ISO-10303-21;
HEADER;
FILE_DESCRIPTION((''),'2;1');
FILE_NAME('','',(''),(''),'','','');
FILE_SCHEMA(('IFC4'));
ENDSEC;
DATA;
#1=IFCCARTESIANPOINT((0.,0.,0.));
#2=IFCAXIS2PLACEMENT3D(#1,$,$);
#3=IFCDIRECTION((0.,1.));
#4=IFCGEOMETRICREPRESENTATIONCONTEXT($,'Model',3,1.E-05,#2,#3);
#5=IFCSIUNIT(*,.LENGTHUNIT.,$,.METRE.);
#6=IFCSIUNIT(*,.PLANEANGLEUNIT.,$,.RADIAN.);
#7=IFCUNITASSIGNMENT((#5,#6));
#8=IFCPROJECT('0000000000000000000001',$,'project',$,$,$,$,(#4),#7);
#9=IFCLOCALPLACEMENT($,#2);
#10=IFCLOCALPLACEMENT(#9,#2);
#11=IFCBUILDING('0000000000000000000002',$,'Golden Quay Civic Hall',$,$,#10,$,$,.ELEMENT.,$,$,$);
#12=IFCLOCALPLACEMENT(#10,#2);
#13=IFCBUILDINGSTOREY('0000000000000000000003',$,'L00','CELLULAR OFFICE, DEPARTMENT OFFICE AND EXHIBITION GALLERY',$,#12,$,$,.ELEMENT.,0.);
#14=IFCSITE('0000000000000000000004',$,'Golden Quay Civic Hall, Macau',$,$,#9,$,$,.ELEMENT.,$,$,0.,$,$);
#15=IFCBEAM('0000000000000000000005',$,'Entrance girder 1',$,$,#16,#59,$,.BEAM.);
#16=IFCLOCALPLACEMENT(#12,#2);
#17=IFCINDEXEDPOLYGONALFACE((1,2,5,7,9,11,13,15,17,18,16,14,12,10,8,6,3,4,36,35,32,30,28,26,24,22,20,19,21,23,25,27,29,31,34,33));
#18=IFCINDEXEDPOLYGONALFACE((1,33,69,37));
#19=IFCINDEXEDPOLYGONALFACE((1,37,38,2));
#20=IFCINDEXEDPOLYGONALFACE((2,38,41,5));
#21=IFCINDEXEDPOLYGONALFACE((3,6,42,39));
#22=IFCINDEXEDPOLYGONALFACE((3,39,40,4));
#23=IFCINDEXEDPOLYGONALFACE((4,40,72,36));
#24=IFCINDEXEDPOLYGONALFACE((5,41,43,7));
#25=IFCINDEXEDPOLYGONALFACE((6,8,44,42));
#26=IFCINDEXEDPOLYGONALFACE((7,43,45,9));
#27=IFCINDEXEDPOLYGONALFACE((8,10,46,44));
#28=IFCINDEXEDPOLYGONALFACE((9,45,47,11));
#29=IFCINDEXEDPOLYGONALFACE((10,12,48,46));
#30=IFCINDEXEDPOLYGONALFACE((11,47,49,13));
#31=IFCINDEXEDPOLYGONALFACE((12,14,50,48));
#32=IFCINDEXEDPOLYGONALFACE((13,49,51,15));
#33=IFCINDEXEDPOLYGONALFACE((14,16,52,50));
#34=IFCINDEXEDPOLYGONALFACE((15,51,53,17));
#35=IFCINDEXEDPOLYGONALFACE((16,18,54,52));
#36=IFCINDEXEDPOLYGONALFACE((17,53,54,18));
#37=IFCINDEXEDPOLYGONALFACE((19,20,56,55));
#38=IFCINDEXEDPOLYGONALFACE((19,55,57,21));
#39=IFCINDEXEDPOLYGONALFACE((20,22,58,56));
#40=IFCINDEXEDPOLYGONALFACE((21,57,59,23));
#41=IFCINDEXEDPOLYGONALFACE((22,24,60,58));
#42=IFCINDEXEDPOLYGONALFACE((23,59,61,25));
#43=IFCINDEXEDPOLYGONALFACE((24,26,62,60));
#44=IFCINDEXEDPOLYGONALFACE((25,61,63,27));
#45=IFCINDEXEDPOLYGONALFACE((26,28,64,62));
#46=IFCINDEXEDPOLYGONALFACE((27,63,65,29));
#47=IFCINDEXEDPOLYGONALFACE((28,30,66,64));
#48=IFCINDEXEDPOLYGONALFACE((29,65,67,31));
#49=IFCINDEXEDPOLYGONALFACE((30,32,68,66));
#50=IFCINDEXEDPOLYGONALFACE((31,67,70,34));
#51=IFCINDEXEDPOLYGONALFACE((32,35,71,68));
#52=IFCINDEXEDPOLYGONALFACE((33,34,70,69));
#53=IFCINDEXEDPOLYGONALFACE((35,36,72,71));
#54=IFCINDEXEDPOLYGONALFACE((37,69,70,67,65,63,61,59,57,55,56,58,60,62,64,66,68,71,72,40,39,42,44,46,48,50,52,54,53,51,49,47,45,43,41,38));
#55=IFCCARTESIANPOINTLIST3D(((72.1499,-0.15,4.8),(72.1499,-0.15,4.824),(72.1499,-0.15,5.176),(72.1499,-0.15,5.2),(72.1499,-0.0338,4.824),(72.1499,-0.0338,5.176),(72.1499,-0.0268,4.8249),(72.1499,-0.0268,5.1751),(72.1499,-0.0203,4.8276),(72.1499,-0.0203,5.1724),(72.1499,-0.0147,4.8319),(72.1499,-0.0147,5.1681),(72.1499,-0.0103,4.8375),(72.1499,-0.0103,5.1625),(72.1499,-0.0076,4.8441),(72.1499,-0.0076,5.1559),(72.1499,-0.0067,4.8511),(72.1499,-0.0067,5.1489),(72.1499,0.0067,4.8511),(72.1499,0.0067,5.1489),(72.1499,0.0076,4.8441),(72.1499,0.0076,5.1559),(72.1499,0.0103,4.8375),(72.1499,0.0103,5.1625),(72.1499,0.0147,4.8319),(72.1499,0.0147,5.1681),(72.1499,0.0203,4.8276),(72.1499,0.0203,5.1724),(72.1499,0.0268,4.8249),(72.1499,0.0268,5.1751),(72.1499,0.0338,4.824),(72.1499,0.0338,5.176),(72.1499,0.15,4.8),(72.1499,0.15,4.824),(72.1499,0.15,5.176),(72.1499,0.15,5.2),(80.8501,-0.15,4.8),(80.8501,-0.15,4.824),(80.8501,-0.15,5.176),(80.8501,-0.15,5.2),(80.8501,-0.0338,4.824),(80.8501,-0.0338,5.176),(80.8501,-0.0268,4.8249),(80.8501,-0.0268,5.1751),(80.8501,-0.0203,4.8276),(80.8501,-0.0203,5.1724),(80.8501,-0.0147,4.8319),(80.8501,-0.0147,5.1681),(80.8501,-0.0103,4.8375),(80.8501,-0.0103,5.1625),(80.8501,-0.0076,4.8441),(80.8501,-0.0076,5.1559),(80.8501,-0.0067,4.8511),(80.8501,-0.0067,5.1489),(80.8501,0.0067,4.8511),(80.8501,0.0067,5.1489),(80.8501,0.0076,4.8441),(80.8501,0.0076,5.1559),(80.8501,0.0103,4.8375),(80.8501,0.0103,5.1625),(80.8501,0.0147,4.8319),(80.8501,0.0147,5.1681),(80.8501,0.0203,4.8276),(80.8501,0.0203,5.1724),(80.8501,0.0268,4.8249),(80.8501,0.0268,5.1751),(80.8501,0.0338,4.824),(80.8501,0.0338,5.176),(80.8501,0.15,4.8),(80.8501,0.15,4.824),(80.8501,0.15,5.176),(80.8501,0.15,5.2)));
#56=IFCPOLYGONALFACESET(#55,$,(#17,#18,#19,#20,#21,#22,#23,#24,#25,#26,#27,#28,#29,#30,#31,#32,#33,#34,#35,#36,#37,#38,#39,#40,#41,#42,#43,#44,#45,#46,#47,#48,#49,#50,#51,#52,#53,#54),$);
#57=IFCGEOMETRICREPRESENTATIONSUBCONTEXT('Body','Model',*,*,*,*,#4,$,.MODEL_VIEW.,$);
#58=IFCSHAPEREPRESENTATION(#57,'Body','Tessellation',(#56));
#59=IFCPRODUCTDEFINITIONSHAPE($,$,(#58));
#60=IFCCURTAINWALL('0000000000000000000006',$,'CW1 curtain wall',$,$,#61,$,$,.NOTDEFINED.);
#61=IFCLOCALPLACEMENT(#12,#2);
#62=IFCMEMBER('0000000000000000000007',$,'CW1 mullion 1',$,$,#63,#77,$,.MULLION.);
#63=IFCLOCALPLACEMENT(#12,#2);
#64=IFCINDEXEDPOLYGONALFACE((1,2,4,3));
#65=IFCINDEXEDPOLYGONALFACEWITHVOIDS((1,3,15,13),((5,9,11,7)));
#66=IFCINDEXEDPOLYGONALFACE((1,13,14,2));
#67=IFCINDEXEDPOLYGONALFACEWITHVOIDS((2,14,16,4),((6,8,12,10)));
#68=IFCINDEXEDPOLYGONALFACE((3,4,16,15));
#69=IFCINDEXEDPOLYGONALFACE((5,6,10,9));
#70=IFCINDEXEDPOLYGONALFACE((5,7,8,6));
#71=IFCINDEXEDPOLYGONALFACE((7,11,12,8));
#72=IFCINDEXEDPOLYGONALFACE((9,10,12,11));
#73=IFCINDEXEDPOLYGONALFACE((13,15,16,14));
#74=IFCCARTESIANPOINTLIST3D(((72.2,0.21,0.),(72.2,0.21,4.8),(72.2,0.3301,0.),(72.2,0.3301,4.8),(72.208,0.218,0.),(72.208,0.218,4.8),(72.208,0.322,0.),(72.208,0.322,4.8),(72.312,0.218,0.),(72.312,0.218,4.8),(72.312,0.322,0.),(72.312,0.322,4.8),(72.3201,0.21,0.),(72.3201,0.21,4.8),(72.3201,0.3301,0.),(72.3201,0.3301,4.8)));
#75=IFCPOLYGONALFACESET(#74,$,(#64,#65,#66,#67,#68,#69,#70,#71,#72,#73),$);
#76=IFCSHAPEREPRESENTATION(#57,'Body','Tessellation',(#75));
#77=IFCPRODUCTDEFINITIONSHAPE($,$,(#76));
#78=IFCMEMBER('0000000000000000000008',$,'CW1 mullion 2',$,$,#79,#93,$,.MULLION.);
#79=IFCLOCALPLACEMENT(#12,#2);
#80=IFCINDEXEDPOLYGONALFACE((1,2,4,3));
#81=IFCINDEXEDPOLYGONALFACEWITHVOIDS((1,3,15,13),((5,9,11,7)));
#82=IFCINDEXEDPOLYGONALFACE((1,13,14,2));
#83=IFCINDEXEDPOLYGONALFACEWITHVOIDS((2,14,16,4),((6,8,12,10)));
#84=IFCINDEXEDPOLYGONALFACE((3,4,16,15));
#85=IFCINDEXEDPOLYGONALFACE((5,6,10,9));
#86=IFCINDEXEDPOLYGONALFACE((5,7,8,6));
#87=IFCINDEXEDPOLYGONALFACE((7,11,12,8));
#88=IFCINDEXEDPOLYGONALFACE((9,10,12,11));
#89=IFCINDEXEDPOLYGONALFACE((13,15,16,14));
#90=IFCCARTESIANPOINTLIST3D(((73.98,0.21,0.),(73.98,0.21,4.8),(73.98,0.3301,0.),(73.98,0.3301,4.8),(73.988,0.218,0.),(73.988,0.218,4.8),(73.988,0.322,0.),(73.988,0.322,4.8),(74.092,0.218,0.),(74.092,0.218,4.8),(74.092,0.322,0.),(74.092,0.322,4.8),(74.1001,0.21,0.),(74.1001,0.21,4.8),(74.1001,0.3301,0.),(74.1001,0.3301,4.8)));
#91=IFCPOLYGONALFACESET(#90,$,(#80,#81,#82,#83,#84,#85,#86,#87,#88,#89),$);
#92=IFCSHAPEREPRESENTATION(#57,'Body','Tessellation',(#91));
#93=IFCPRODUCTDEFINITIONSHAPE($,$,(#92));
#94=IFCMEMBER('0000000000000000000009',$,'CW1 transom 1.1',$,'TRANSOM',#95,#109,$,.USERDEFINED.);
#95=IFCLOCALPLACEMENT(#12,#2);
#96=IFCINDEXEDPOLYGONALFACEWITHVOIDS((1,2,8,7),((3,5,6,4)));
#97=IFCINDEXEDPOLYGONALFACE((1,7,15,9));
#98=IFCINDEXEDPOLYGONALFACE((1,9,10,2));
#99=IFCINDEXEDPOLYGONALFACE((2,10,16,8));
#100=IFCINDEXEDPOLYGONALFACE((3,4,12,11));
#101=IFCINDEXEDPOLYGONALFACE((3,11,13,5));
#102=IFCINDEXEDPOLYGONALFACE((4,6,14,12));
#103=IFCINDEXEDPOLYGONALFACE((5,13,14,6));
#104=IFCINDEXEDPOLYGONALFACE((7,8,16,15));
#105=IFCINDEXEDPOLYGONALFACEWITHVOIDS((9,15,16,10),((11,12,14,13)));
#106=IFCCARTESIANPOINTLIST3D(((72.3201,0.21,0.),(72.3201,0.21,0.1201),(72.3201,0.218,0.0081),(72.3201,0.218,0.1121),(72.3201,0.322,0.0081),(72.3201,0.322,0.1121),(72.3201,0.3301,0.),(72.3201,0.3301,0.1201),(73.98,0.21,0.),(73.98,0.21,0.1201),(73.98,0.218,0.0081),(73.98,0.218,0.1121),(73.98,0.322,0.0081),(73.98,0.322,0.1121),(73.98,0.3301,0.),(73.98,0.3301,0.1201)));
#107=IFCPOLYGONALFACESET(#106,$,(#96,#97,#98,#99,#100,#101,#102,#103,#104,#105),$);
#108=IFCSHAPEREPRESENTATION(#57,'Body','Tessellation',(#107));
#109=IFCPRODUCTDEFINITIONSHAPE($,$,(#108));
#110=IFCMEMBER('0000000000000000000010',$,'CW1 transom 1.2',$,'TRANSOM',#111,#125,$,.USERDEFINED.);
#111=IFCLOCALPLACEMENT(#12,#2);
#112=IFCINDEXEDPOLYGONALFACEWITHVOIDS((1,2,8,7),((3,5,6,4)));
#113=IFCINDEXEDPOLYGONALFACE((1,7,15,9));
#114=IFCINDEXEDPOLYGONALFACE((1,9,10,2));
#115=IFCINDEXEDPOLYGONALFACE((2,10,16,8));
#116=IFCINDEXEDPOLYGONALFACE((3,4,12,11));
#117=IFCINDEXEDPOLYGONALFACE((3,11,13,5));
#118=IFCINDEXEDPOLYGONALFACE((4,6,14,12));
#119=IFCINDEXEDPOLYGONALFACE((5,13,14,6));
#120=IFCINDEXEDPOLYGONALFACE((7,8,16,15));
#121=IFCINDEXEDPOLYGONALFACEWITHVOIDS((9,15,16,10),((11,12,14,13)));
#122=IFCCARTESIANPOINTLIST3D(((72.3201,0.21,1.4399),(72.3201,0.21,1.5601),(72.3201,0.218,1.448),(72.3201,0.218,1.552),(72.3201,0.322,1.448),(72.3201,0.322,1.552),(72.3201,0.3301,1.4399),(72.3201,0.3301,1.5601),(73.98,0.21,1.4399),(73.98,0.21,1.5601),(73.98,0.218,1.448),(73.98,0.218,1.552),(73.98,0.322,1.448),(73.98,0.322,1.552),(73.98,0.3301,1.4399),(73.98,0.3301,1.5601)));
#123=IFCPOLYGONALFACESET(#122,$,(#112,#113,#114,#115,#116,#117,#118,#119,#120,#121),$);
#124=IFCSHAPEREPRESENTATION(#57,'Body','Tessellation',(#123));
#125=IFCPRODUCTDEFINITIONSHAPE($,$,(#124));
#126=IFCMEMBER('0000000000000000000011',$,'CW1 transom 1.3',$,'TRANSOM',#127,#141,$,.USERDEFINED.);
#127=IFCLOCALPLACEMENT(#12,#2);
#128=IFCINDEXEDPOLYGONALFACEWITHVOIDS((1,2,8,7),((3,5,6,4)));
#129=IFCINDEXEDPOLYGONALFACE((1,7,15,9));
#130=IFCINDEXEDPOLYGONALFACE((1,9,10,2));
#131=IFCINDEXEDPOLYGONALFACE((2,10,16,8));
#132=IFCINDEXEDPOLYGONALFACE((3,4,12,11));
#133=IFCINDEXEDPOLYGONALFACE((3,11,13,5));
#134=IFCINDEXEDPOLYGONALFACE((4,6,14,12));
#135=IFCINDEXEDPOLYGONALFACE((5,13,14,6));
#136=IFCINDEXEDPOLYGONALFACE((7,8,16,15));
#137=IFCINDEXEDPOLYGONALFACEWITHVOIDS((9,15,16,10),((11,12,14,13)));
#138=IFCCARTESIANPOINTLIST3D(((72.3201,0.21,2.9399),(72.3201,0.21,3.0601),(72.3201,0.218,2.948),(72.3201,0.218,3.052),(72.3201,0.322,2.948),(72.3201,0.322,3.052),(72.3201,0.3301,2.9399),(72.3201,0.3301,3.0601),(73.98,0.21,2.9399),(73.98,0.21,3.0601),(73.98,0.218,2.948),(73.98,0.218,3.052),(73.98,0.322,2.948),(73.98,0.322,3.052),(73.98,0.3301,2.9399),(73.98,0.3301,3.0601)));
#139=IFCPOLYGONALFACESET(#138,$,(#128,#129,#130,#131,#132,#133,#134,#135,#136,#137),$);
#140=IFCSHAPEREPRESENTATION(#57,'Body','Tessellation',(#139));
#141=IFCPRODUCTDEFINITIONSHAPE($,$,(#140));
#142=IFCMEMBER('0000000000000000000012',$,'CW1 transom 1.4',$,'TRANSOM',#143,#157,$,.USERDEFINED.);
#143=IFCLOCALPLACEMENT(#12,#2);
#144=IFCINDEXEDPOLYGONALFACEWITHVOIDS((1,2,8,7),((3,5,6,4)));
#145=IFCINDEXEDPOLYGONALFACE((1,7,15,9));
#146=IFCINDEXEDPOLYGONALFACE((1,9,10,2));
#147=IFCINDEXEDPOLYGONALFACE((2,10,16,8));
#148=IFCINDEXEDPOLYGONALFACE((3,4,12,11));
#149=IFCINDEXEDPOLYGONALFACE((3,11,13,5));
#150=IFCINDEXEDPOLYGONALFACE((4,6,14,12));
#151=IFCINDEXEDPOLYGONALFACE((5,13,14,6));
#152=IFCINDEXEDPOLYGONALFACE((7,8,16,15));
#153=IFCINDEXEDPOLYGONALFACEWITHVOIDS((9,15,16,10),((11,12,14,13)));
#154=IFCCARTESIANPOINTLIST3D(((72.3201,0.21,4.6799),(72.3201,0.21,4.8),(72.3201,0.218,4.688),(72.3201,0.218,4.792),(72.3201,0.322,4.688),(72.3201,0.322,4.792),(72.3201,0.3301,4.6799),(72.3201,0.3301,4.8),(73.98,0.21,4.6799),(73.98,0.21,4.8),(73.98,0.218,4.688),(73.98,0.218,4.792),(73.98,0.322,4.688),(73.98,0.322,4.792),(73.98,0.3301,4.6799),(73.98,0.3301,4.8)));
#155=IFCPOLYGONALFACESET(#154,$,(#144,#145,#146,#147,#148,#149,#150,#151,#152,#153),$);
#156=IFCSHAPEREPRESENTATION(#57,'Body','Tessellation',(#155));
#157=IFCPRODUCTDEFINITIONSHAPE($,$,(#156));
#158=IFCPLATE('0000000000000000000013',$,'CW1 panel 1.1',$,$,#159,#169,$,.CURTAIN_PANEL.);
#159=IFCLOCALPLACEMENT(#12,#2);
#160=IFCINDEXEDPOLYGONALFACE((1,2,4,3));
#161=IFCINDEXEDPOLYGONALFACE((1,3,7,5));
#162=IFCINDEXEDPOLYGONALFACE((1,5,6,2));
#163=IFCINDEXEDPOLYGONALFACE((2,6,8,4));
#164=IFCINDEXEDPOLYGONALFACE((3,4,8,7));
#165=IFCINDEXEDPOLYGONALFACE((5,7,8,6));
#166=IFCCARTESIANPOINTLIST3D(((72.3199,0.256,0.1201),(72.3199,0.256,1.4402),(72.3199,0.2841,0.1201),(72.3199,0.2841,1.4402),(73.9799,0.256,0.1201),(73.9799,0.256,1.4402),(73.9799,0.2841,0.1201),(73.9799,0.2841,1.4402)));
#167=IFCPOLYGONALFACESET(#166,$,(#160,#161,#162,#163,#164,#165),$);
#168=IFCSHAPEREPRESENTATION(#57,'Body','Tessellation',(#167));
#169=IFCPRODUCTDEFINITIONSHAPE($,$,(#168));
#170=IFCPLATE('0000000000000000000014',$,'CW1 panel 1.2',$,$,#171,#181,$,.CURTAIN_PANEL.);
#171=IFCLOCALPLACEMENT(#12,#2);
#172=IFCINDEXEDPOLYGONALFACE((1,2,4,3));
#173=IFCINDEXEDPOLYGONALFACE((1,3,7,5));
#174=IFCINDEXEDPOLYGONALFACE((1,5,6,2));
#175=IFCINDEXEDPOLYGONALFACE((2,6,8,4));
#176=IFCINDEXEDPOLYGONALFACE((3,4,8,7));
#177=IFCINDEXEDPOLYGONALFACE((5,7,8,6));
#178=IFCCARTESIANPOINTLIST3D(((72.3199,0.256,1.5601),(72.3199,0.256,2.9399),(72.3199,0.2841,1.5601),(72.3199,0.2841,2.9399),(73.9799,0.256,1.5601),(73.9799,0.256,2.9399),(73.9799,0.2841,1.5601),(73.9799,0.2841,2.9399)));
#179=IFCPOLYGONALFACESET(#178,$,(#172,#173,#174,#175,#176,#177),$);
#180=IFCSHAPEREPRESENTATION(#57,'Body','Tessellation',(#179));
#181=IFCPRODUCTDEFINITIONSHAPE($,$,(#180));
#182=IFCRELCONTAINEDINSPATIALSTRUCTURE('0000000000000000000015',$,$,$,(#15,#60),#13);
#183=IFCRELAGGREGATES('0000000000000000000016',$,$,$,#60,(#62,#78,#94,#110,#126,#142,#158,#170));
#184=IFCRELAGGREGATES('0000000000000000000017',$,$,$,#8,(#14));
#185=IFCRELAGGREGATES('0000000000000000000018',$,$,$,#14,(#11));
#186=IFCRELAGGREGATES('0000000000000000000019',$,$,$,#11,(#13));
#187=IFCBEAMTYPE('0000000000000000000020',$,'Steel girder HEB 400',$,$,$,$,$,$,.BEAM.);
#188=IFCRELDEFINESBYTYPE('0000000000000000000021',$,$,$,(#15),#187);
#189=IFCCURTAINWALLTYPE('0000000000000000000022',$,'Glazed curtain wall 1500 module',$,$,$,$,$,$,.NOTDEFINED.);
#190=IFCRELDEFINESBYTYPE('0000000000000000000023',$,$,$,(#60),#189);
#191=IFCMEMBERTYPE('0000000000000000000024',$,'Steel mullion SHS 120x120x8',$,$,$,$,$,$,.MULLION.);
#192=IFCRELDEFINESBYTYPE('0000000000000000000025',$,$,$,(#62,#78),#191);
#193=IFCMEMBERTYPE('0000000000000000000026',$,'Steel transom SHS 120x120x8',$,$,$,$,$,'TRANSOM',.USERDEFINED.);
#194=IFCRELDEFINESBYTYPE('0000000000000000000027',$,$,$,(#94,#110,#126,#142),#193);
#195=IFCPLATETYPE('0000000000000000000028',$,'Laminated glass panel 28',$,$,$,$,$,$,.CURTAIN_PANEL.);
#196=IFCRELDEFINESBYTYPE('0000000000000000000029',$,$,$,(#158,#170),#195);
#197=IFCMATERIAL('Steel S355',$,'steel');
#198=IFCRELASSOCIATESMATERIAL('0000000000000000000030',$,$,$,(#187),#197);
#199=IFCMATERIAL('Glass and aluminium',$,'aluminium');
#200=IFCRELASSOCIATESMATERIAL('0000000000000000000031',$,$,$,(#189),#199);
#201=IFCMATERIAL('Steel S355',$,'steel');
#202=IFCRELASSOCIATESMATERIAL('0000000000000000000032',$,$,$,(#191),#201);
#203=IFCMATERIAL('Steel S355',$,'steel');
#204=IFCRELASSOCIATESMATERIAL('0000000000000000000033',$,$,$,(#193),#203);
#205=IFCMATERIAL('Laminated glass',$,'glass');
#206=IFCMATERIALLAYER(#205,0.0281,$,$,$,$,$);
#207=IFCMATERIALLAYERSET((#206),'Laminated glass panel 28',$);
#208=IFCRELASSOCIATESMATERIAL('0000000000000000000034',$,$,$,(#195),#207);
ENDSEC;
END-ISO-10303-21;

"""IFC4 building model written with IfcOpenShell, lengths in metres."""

from ifc_helpers import new_model, si_unit, direction, frame, origin, origin_2d, place, context, subcontext, project, spatial, rectangle, hollow_rectangle, i_section, extrude, material, layer, layer_set, material_profile, profile_set, type_object, element, aggregate, save


model = new_model("IFC4")

# Units and contexts
model_context = context("Model", 3, precision=1e-05, world=origin(), true_north=direction((0.0, 1.0)))
body_context = subcontext(model_context, "Body", "Model", "MODEL_VIEW")
ifc_project = project(units=[si_unit("LENGTHUNIT", "METRE"), si_unit("PLANEANGLEUNIT", "RADIAN")], contexts=[model_context])

# Site, building, storey
site_placement = place(None, origin())
site = spatial("IfcSite", under=ifc_project, at=site_placement, Name="Golden Quay Civic Hall, Macau", CompositionType="ELEMENT", RefElevation=0.0)
building_placement = place(site_placement, origin())
building = spatial("IfcBuilding", under=site, at=building_placement, Name="Golden Quay Civic Hall", CompositionType="ELEMENT")
storey_placement = place(building_placement, origin())
storey = spatial("IfcBuildingStorey", under=building, at=storey_placement, Name="L00", Description="CELLULAR OFFICE, DEPARTMENT OFFICE AND EXHIBITION GALLERY", CompositionType="ELEMENT", Elevation=0.0)

# Beam
ifc_material_1 = material(Name="Steel S355", Category="steel")
ifc_material_profile_1 = material_profile(ifc_material_1, i_section(OverallWidth=0.3, OverallDepth=0.3999, WebThickness=0.0134, FlangeThickness=0.0239, FilletRadius=0.0271, at=origin_2d()), Name="HEB 400")
ifc_profile_set_1 = profile_set([ifc_material_profile_1], Name="Steel S355")
beam_type = type_object("IfcBeamType", Name="Steel girder HEB 400", PredefinedType="BEAM", material=ifc_profile_set_1)
beam_placement = place(storey_placement, frame((72.1499, 0.0, 5.0), z_axis=(1.0, 0.0, 0.0), x_axis=(0.0, 1.0, 0.0)))
element("IfcBeam", 1, at=beam_placement, inside=storey, type_object=beam_type, Name="Entrance girder 1", PredefinedType="BEAM", context=body_context, shape_type="SweptSolid", body=[
    extrude(i_section(OverallWidth=0.3, OverallDepth=0.3999, WebThickness=0.0134, FlangeThickness=0.0239, FilletRadius=0.0271, at=origin_2d()), origin(), (0.0, 0.0, 1.0), 8.7002),
])

# Curtain wall, members, plates
ifc_material_2 = material(Name="Glass and aluminium", Category="aluminium")
curtain_wall_type = type_object("IfcCurtainWallType", Name="Glazed curtain wall 1500 module", PredefinedType="NOTDEFINED", material=ifc_material_2)
curtain_wall_placement = place(storey_placement, origin())
curtain_wall = element("IfcCurtainWall", 2, at=curtain_wall_placement, inside=storey, type_object=curtain_wall_type, Name="CW1 curtain wall", PredefinedType="NOTDEFINED")
ifc_material_3 = material(Name="Steel S355", Category="steel")
ifc_material_profile_2 = material_profile(ifc_material_3, hollow_rectangle(XDim=0.1201, YDim=0.1201, WallThickness=0.0081, at=origin_2d()), Name="SHS 120x120x8")
ifc_profile_set_2 = profile_set([ifc_material_profile_2], Name="Steel S355")
member_type_1 = type_object("IfcMemberType", Name="Steel mullion SHS 120x120x8", PredefinedType="MULLION", material=ifc_profile_set_2)
member_1_placement = place(storey_placement, frame((72.26, 0.27, 0.0), z_axis=(0.0, 0.0, 1.0), x_axis=(0.0, 1.0, 0.0)))
member_1 = element("IfcMember", 3, at=member_1_placement, type_object=member_type_1, Name="CW1 mullion 1", PredefinedType="MULLION", context=body_context, shape_type="SweptSolid", body=[
    extrude(hollow_rectangle(XDim=0.1201, YDim=0.1201, WallThickness=0.0081, at=origin_2d()), origin(), (0.0, 0.0, 1.0), 4.8),
])
member_2_placement = place(storey_placement, frame((74.04, 0.27, 0.0), z_axis=(0.0, 0.0, 1.0), x_axis=(0.0, 1.0, 0.0)))
member_2 = element("IfcMember", 4, at=member_2_placement, type_object=member_type_1, Name="CW1 mullion 2", PredefinedType="MULLION", context=body_context, shape_type="SweptSolid", body=[
    extrude(hollow_rectangle(XDim=0.1201, YDim=0.1201, WallThickness=0.0081, at=origin_2d()), origin(), (0.0, 0.0, 1.0), 4.8),
])
ifc_material_4 = material(Name="Steel S355", Category="steel")
ifc_material_profile_3 = material_profile(ifc_material_4, hollow_rectangle(XDim=0.1201, YDim=0.1201, WallThickness=0.0081, at=origin_2d()), Name="SHS 120x120x8")
ifc_profile_set_3 = profile_set([ifc_material_profile_3], Name="Steel S355")
member_type_2 = type_object("IfcMemberType", Name="Steel transom SHS 120x120x8", ElementType="TRANSOM", PredefinedType="USERDEFINED", material=ifc_profile_set_3)
member_3_placement = place(storey_placement, frame((72.3201, 0.27, 0.0601), z_axis=(1.0, 0.0, 0.0), x_axis=(0.0, 1.0, 0.0)))
member_3 = element("IfcMember", 5, at=member_3_placement, type_object=member_type_2, Name="CW1 transom 1.1", ObjectType="TRANSOM", PredefinedType="USERDEFINED", context=body_context, shape_type="SweptSolid", body=[
    extrude(hollow_rectangle(XDim=0.1201, YDim=0.1201, WallThickness=0.0081, at=origin_2d()), origin(), (0.0, 0.0, 1.0), 1.6599),
])
member_4_placement = place(storey_placement, frame((72.3201, 0.27, 1.5), z_axis=(1.0, 0.0, 0.0), x_axis=(0.0, 1.0, 0.0)))
member_4 = element("IfcMember", 6, at=member_4_placement, type_object=member_type_2, Name="CW1 transom 1.2", ObjectType="TRANSOM", PredefinedType="USERDEFINED", context=body_context, shape_type="SweptSolid", body=[
    extrude(hollow_rectangle(XDim=0.1201, YDim=0.1201, WallThickness=0.0081, at=origin_2d()), origin(), (0.0, 0.0, 1.0), 1.6599),
])
member_5_placement = place(storey_placement, frame((72.3201, 0.27, 3.0), z_axis=(1.0, 0.0, 0.0), x_axis=(0.0, 1.0, 0.0)))
member_5 = element("IfcMember", 7, at=member_5_placement, type_object=member_type_2, Name="CW1 transom 1.3", ObjectType="TRANSOM", PredefinedType="USERDEFINED", context=body_context, shape_type="SweptSolid", body=[
    extrude(hollow_rectangle(XDim=0.1201, YDim=0.1201, WallThickness=0.0081, at=origin_2d()), origin(), (0.0, 0.0, 1.0), 1.6599),
])
member_6_placement = place(storey_placement, frame((72.3201, 0.27, 4.74), z_axis=(1.0, 0.0, 0.0), x_axis=(0.0, 1.0, 0.0)))
member_6 = element("IfcMember", 8, at=member_6_placement, type_object=member_type_2, Name="CW1 transom 1.4", ObjectType="TRANSOM", PredefinedType="USERDEFINED", context=body_context, shape_type="SweptSolid", body=[
    extrude(hollow_rectangle(XDim=0.1201, YDim=0.1201, WallThickness=0.0081, at=origin_2d()), origin(), (0.0, 0.0, 1.0), 1.6599),
])
ifc_material_5 = material(Name="Laminated glass", Category="glass")
ifc_layer_1 = layer(ifc_material_5, 0.0281)
ifc_layer_set_1 = layer_set([ifc_layer_1], Name="Laminated glass panel 28")
plate_type = type_object("IfcPlateType", Name="Laminated glass panel 28", PredefinedType="CURTAIN_PANEL", material=ifc_layer_set_1)
plate_1_placement = place(storey_placement, frame((73.1499, 0.27, 0.1201), z_axis=(0.0, 0.0, 1.0), x_axis=(1.0, 0.0, 0.0)))
plate_1 = element("IfcPlate", 9, at=plate_1_placement, type_object=plate_type, Name="CW1 panel 1.1", PredefinedType="CURTAIN_PANEL", context=body_context, shape_type="SweptSolid", body=[
    extrude(rectangle(XDim=1.6599, YDim=0.0281, at=origin_2d()), origin(), (0.0, 0.0, 1.0), 1.3201),
])
plate_2_placement = place(storey_placement, frame((73.1499, 0.27, 1.5601), z_axis=(0.0, 0.0, 1.0), x_axis=(1.0, 0.0, 0.0)))
plate_2 = element("IfcPlate", 10, at=plate_2_placement, type_object=plate_type, Name="CW1 panel 1.2", PredefinedType="CURTAIN_PANEL", context=body_context, shape_type="SweptSolid", body=[
    extrude(rectangle(XDim=1.6599, YDim=0.0281, at=origin_2d()), origin(), (0.0, 0.0, 1.0), 1.3799),
])
aggregate(curtain_wall, [member_1, member_2, member_3, member_4, member_5, member_6, plate_1, plate_2])

save(model, "model.ifc")
